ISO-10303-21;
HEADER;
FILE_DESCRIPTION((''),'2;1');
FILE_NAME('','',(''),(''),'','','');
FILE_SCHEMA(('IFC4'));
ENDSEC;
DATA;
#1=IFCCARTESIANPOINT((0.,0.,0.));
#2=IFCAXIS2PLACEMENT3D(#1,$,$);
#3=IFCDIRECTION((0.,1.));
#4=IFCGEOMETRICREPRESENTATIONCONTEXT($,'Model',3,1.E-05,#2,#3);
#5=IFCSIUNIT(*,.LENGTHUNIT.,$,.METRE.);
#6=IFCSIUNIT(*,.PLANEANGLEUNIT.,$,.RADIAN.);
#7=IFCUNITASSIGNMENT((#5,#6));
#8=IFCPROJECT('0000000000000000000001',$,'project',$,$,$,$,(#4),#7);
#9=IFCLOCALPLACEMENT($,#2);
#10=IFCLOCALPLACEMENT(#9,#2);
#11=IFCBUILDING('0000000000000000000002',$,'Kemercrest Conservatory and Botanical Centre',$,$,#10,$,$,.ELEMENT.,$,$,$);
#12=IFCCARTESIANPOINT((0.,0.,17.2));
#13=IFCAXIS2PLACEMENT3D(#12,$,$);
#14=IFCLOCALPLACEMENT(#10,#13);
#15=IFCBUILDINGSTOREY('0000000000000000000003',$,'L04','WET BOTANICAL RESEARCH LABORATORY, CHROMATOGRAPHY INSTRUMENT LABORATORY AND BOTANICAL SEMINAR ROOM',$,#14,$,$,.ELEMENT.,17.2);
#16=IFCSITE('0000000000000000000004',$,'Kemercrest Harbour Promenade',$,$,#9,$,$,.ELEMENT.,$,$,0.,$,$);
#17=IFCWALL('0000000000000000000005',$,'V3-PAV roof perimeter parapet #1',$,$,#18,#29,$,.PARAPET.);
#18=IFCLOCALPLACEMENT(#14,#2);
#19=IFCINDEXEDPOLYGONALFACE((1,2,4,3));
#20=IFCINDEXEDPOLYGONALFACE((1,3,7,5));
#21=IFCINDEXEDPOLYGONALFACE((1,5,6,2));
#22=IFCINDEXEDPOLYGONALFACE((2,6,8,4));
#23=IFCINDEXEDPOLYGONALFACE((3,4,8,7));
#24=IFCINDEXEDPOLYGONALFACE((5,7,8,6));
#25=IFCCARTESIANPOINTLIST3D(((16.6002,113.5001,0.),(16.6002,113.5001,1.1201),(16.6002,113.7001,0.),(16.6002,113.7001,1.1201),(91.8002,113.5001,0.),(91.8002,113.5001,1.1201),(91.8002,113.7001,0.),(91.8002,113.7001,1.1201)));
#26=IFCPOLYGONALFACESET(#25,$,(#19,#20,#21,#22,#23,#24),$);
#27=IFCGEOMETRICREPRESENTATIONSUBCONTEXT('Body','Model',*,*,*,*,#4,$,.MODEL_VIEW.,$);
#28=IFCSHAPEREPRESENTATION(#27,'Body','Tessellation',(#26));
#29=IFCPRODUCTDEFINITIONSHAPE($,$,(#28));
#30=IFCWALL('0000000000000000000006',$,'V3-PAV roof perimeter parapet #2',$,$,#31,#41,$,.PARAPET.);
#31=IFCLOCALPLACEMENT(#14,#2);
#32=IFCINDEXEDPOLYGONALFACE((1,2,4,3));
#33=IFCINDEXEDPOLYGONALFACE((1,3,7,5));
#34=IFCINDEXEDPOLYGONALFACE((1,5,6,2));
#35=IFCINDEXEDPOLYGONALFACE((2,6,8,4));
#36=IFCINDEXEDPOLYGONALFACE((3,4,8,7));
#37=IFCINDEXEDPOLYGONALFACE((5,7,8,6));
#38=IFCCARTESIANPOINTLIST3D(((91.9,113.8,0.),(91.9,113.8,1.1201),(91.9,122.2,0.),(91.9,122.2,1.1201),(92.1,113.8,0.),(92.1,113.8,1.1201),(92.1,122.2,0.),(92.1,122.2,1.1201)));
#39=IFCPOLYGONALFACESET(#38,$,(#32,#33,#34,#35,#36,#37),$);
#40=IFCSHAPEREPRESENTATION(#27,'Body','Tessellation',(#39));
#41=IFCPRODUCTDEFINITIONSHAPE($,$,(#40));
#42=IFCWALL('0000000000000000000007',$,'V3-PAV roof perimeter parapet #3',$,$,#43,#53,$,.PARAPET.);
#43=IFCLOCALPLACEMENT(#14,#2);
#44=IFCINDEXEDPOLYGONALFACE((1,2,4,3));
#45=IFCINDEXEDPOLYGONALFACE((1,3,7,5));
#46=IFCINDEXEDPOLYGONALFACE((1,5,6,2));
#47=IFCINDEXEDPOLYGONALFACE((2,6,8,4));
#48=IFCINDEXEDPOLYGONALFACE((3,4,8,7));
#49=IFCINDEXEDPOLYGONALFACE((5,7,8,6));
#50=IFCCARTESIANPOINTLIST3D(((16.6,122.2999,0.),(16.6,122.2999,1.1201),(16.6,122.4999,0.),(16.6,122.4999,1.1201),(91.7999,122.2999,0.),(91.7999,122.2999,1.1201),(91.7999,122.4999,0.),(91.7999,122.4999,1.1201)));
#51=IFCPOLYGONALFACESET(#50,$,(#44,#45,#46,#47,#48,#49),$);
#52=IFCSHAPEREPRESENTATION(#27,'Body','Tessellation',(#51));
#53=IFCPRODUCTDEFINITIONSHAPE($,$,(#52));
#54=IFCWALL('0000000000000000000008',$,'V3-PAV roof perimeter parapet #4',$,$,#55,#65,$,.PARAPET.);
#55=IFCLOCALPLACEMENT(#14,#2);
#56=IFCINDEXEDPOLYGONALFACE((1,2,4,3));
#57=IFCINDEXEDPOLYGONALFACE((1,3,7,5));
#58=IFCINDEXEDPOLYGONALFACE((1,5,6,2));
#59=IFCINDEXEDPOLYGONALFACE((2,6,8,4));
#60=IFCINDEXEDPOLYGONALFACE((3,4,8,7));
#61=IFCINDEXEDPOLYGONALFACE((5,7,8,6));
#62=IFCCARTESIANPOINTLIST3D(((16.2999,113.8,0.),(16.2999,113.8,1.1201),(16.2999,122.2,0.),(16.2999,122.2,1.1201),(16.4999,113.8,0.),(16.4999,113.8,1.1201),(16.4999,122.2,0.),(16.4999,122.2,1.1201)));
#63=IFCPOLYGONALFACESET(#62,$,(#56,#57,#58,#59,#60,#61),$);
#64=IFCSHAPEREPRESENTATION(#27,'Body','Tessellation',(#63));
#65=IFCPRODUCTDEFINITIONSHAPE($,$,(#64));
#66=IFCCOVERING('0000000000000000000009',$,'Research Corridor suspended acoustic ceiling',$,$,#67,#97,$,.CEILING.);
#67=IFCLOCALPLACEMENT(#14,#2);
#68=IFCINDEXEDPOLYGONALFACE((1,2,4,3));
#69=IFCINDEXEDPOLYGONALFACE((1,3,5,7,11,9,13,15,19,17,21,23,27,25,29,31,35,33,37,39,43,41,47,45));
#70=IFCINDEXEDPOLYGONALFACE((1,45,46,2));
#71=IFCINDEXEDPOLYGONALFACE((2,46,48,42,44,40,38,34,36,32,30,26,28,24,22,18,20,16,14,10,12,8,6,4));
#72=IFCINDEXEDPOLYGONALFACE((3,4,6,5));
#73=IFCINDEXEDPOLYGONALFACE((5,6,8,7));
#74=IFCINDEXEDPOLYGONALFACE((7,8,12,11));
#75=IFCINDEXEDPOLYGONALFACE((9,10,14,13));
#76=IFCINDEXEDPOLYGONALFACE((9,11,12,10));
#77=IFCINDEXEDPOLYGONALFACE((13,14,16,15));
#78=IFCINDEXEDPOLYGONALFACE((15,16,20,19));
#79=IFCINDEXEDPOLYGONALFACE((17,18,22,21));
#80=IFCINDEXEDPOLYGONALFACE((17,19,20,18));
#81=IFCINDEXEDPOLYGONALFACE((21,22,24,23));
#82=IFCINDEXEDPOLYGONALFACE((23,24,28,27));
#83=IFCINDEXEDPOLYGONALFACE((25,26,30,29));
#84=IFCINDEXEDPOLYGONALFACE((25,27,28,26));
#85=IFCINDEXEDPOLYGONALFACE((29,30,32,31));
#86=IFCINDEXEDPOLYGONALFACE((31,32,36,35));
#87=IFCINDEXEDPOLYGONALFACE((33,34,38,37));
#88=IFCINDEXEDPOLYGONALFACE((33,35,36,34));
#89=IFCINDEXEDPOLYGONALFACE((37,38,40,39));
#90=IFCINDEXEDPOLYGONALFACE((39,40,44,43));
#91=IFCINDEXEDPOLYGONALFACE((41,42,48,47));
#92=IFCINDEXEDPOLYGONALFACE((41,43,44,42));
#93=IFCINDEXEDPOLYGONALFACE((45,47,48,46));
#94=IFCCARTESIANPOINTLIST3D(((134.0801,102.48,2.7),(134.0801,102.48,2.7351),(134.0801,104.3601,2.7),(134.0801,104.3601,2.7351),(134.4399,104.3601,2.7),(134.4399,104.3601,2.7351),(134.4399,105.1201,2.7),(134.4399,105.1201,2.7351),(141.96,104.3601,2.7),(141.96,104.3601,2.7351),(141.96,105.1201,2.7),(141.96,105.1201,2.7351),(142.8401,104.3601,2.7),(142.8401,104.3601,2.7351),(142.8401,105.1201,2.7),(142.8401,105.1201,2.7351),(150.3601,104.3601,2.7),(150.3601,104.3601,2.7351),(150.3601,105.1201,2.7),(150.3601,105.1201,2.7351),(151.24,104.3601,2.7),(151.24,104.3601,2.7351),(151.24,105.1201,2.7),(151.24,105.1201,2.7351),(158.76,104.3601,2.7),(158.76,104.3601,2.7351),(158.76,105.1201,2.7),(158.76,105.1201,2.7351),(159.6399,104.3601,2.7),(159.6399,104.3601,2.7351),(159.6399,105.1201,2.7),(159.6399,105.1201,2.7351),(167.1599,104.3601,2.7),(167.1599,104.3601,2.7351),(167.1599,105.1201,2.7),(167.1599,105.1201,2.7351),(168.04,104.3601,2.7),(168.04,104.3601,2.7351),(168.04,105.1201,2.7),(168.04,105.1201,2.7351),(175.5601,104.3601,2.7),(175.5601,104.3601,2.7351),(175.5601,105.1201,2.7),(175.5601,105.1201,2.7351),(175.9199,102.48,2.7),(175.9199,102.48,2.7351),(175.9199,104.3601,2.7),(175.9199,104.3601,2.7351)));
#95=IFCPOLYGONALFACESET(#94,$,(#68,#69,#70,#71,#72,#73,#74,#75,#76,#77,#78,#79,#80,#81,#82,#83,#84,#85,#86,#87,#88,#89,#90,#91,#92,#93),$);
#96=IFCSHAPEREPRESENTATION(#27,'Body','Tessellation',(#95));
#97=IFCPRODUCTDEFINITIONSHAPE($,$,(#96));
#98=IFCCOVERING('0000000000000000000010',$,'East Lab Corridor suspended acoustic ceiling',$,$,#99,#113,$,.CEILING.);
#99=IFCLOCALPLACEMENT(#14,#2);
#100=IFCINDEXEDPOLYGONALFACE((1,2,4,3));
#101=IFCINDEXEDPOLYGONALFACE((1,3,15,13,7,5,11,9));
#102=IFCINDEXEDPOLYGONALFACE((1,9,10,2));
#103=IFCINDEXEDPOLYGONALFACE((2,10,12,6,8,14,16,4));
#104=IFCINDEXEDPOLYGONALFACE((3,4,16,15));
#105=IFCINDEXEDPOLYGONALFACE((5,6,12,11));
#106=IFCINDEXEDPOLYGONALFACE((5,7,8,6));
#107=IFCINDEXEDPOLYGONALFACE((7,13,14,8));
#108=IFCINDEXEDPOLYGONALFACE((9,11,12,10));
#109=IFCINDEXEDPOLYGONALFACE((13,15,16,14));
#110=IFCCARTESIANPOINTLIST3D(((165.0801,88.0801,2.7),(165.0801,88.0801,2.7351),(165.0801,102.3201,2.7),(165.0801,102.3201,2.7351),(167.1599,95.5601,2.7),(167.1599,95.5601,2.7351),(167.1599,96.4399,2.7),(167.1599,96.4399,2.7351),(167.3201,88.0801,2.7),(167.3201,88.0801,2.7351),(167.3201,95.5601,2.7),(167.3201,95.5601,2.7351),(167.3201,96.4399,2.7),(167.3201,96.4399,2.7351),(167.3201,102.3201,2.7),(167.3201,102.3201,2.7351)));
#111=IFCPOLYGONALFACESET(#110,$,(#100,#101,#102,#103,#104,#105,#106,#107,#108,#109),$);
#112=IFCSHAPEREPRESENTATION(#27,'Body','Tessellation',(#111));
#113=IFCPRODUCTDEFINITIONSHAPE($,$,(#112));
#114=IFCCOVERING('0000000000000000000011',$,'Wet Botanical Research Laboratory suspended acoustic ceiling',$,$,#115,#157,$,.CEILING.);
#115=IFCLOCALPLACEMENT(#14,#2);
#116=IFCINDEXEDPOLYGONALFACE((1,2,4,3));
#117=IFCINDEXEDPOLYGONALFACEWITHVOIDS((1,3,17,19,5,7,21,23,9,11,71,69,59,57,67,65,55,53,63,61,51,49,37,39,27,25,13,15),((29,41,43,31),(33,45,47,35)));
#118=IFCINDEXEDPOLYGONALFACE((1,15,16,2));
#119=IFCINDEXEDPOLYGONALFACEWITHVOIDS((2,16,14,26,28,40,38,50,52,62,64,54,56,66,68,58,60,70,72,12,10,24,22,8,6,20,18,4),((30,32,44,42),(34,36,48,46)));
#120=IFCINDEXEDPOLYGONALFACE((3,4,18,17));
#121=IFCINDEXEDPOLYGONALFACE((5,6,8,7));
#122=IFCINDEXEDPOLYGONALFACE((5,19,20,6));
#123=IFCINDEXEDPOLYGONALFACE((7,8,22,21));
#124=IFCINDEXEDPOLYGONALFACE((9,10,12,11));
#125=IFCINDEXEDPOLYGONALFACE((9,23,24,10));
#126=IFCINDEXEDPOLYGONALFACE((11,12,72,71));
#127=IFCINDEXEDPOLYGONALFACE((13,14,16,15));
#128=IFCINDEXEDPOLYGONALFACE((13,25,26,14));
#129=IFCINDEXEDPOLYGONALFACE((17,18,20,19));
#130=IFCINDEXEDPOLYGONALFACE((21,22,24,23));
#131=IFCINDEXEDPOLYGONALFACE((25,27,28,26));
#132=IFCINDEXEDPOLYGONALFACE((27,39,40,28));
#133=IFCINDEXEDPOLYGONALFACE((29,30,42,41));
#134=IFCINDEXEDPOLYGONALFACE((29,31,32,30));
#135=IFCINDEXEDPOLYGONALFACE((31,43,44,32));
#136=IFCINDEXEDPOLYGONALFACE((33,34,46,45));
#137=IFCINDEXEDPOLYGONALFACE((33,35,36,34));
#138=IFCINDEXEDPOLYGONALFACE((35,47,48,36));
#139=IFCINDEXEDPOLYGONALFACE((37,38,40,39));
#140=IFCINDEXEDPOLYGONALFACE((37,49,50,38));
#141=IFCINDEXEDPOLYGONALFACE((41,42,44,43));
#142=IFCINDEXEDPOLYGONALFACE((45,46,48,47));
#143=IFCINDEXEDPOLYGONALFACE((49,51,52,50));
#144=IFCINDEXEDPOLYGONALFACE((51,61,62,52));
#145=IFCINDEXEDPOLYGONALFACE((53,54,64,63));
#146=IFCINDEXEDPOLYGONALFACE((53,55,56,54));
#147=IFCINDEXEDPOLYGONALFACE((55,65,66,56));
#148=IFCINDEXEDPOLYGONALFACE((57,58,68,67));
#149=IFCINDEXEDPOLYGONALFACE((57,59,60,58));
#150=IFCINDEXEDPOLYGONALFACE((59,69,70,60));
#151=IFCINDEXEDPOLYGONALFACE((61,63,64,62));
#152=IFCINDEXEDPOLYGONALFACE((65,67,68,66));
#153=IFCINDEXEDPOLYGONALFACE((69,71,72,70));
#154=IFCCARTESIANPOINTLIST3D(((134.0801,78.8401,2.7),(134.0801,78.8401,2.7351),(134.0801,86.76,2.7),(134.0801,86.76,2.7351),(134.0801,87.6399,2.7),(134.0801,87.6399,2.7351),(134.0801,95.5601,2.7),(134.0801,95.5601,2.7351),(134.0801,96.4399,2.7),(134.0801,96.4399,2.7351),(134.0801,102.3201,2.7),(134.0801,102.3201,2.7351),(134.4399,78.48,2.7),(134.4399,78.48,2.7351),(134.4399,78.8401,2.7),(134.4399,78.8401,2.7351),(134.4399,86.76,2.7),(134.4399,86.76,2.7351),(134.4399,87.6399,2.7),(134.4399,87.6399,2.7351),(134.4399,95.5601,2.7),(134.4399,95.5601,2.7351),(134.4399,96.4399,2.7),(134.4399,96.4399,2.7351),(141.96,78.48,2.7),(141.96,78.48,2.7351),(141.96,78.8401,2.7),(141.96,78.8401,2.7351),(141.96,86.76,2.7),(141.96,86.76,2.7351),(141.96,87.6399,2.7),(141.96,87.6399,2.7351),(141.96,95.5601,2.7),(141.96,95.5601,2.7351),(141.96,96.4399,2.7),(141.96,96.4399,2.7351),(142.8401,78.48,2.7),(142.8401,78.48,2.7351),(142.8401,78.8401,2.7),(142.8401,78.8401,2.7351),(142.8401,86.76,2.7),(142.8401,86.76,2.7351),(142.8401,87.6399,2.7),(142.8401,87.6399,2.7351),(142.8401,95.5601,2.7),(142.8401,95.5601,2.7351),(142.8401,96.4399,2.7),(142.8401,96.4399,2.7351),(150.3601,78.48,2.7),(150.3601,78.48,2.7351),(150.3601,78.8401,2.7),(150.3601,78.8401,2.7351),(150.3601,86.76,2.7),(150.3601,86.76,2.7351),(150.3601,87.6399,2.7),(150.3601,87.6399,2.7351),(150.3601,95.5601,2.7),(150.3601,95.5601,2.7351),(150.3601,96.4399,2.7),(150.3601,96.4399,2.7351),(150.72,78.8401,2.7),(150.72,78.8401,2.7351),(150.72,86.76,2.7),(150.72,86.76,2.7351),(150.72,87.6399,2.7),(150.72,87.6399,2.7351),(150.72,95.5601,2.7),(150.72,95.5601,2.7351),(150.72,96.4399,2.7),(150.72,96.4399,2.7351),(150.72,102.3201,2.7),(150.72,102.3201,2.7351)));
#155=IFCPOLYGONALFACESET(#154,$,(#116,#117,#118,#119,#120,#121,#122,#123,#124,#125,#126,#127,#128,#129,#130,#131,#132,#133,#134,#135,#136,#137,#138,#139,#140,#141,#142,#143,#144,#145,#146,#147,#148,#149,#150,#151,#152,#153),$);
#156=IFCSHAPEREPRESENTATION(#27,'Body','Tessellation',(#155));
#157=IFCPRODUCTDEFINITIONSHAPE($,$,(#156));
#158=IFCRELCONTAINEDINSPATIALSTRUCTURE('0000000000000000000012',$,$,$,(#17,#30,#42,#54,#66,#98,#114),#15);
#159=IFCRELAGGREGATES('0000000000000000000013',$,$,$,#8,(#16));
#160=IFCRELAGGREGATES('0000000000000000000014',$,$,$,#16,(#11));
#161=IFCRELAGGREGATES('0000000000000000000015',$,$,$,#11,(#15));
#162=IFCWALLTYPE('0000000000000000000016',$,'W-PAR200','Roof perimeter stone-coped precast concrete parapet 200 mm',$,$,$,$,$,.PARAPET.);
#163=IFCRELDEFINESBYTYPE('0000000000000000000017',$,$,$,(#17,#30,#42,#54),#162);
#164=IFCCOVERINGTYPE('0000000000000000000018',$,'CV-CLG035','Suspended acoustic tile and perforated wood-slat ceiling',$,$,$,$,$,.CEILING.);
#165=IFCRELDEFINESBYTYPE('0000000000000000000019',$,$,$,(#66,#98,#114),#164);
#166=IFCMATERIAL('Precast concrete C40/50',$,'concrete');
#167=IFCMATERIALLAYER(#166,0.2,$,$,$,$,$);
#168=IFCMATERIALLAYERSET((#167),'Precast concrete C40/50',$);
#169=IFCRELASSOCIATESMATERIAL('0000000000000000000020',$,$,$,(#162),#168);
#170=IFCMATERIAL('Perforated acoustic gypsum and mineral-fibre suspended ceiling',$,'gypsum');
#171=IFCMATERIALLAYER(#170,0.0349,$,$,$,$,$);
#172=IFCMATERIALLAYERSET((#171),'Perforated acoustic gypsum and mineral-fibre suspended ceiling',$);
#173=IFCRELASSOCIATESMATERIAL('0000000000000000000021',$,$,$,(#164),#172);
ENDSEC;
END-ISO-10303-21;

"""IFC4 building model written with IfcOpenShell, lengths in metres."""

from ifc_helpers import new_model, si_unit, direction, frame, frame_2d, origin, place, context, subcontext, project, spatial, polyline, rectangle, outline, extrude, material, layer, layer_set, type_object, element, save


model = new_model("IFC4")

# Units and contexts
model_context = context("Model", 3, precision=1e-05, world=origin(), true_north=direction((0.0, 1.0)))
body_context = subcontext(model_context, "Body", "Model", "MODEL_VIEW")
ifc_project = project(units=[si_unit("LENGTHUNIT", "METRE"), si_unit("PLANEANGLEUNIT", "RADIAN")], contexts=[model_context])

# Site, building, storey
site_placement = place(None, origin())
site = spatial("IfcSite", under=ifc_project, at=site_placement, Name="Kemercrest Harbour Promenade", CompositionType="ELEMENT", RefElevation=0.0)
building_placement = place(site_placement, origin())
building = spatial("IfcBuilding", under=site, at=building_placement, Name="Kemercrest Conservatory and Botanical Centre", CompositionType="ELEMENT")
storey_placement = place(building_placement, frame((0.0, 0.0, 17.2)))
storey = spatial("IfcBuildingStorey", under=building, at=storey_placement, Name="L04", Description="WET BOTANICAL RESEARCH LABORATORY, CHROMATOGRAPHY INSTRUMENT LABORATORY AND BOTANICAL SEMINAR ROOM", CompositionType="ELEMENT", Elevation=17.2)

# Walls
ifc_material_1 = material(Name="Precast concrete C40/50", Category="concrete")
ifc_layer_1 = layer(ifc_material_1, 0.2)
ifc_layer_set_1 = layer_set([ifc_layer_1], Name="Precast concrete C40/50")
wall_type = type_object("IfcWallType", Name="W-PAR200", Description="Roof perimeter stone-coped precast concrete parapet 200 mm", PredefinedType="PARAPET", material=ifc_layer_set_1)
wall_1_placement = place(storey_placement, frame((16.6001, 113.6001, 0.0), z_axis=(0.0, 0.0, 1.0), x_axis=(1.0, 0.0, 0.0)))
element("IfcWall", 1, at=wall_1_placement, inside=storey, type_object=wall_type, Name="V3-PAV roof perimeter parapet #1", PredefinedType="PARAPET", context=body_context, shape_type="SweptSolid", body=[
    extrude(rectangle(XDim=75.2, YDim=0.2, at=frame_2d((37.6001, 0.0))), origin(), (0.0, 0.0, 1.0), 1.1201),
])
wall_2_placement = place(storey_placement, frame((92.0, 113.8, 0.0), z_axis=(0.0, 0.0, 1.0), x_axis=(0.0, 1.0, 0.0)))
element("IfcWall", 2, at=wall_2_placement, inside=storey, type_object=wall_type, Name="V3-PAV roof perimeter parapet #2", PredefinedType="PARAPET", context=body_context, shape_type="SweptSolid", body=[
    extrude(rectangle(XDim=8.3999, YDim=0.2, at=frame_2d((4.2, 0.0))), origin(), (0.0, 0.0, 1.0), 1.1201),
])
wall_3_placement = place(storey_placement, frame((91.8, 122.3999, 0.0), z_axis=(0.0, 0.0, 1.0), x_axis=(-1.0, 0.0, 0.0)))
element("IfcWall", 3, at=wall_3_placement, inside=storey, type_object=wall_type, Name="V3-PAV roof perimeter parapet #3", PredefinedType="PARAPET", context=body_context, shape_type="SweptSolid", body=[
    extrude(rectangle(XDim=75.2, YDim=0.2, at=frame_2d((37.6001, 0.0))), origin(), (0.0, 0.0, 1.0), 1.1201),
])
wall_4_placement = place(storey_placement, frame((16.3999, 122.2, 0.0), z_axis=(0.0, 0.0, 1.0), x_axis=(0.0, -1.0, 0.0)))
element("IfcWall", 4, at=wall_4_placement, inside=storey, type_object=wall_type, Name="V3-PAV roof perimeter parapet #4", PredefinedType="PARAPET", context=body_context, shape_type="SweptSolid", body=[
    extrude(rectangle(XDim=8.3999, YDim=0.2, at=frame_2d((4.2, 0.0))), origin(), (0.0, 0.0, 1.0), 1.1201),
])

# Coverings
ifc_material_2 = material(Name="Perforated acoustic gypsum and mineral-fibre suspended ceiling", Category="gypsum")
ifc_layer_2 = layer(ifc_material_2, 0.0349)
ifc_layer_set_2 = layer_set([ifc_layer_2], Name="Perforated acoustic gypsum and mineral-fibre suspended ceiling")
covering_type_1 = type_object("IfcCoveringType", Name="CV-CLG035", Description="Suspended acoustic tile and perforated wood-slat ceiling", PredefinedType="CEILING", material=ifc_layer_set_2)
covering_1_placement = place(storey_placement, frame((0.0, 0.0, 2.7)))
element("IfcCovering", 5, at=covering_1_placement, inside=storey, type_object=covering_type_1, Name="Research Corridor suspended acoustic ceiling", PredefinedType="CEILING", context=body_context, shape_type="SweptSolid", body=[
    extrude(outline(polyline([(134.0801, 102.48), (175.9199, 102.48), (175.9199, 104.3601), (175.5601, 104.3601), (175.5601, 105.1201), (168.04, 105.1201), (168.04, 104.3601), (167.1599, 104.3601), (167.1599, 105.1201), (159.6399, 105.1201), (159.6399, 104.3601), (158.76, 104.3601), (158.76, 105.1201), (151.24, 105.1201), (151.24, 104.3601), (150.3601, 104.3601), (150.3601, 105.1201), (142.8401, 105.1201), (142.8401, 104.3601), (141.96, 104.3601), (141.96, 105.1201), (134.4399, 105.1201), (134.4399, 104.3601), (134.0801, 104.3601), (134.0801, 102.48)])), origin(), (0.0, 0.0, 1.0), 0.0352),
])
covering_2_placement = place(storey_placement, frame((0.0, 0.0, 2.7)))
element("IfcCovering", 6, at=covering_2_placement, inside=storey, type_object=covering_type_1, Name="East Lab Corridor suspended acoustic ceiling", PredefinedType="CEILING", context=body_context, shape_type="SweptSolid", body=[
    extrude(outline(polyline([(165.0801, 88.0801), (167.3201, 88.0801), (167.3201, 95.5601), (167.1599, 95.5601), (167.1599, 96.4399), (167.3201, 96.4399), (167.3201, 102.3201), (165.0801, 102.3201), (165.0801, 88.0801)])), origin(), (0.0, 0.0, 1.0), 0.0352),
])
covering_3_placement = place(storey_placement, frame((0.0, 0.0, 2.7)))
element("IfcCovering", 7, at=covering_3_placement, inside=storey, type_object=covering_type_1, Name="Wet Botanical Research Laboratory suspended acoustic ceiling", PredefinedType="CEILING", context=body_context, shape_type="SweptSolid", body=[
    extrude(outline(polyline([(141.96, 78.8401), (142.8401, 78.8401), (142.8401, 78.48), (150.3601, 78.48), (150.3601, 78.8401), (150.72, 78.8401), (150.72, 86.76), (150.3601, 86.76), (150.3601, 87.6399), (150.72, 87.6399), (150.72, 95.5601), (150.3601, 95.5601), (150.3601, 96.4399), (150.72, 96.4399), (150.72, 102.3201), (134.0801, 102.3201), (134.0801, 96.4399), (134.4399, 96.4399), (134.4399, 95.5601), (134.0801, 95.5601), (134.0801, 87.6399), (134.4399, 87.6399), (134.4399, 86.76), (134.0801, 86.76), (134.0801, 78.8401), (134.4399, 78.8401), (134.4399, 78.48), (141.96, 78.48), (141.96, 78.8401)]), holes=[polyline([(141.96, 87.6399), (142.8401, 87.6399), (142.8401, 86.76), (141.96, 86.76), (141.96, 87.6399)]), polyline([(142.8401, 96.4399), (142.8401, 95.5601), (141.96, 95.5601), (141.96, 96.4399), (142.8401, 96.4399)])]), origin(), (0.0, 0.0, 1.0), 0.0352),
])

save(model, "model.ifc")
